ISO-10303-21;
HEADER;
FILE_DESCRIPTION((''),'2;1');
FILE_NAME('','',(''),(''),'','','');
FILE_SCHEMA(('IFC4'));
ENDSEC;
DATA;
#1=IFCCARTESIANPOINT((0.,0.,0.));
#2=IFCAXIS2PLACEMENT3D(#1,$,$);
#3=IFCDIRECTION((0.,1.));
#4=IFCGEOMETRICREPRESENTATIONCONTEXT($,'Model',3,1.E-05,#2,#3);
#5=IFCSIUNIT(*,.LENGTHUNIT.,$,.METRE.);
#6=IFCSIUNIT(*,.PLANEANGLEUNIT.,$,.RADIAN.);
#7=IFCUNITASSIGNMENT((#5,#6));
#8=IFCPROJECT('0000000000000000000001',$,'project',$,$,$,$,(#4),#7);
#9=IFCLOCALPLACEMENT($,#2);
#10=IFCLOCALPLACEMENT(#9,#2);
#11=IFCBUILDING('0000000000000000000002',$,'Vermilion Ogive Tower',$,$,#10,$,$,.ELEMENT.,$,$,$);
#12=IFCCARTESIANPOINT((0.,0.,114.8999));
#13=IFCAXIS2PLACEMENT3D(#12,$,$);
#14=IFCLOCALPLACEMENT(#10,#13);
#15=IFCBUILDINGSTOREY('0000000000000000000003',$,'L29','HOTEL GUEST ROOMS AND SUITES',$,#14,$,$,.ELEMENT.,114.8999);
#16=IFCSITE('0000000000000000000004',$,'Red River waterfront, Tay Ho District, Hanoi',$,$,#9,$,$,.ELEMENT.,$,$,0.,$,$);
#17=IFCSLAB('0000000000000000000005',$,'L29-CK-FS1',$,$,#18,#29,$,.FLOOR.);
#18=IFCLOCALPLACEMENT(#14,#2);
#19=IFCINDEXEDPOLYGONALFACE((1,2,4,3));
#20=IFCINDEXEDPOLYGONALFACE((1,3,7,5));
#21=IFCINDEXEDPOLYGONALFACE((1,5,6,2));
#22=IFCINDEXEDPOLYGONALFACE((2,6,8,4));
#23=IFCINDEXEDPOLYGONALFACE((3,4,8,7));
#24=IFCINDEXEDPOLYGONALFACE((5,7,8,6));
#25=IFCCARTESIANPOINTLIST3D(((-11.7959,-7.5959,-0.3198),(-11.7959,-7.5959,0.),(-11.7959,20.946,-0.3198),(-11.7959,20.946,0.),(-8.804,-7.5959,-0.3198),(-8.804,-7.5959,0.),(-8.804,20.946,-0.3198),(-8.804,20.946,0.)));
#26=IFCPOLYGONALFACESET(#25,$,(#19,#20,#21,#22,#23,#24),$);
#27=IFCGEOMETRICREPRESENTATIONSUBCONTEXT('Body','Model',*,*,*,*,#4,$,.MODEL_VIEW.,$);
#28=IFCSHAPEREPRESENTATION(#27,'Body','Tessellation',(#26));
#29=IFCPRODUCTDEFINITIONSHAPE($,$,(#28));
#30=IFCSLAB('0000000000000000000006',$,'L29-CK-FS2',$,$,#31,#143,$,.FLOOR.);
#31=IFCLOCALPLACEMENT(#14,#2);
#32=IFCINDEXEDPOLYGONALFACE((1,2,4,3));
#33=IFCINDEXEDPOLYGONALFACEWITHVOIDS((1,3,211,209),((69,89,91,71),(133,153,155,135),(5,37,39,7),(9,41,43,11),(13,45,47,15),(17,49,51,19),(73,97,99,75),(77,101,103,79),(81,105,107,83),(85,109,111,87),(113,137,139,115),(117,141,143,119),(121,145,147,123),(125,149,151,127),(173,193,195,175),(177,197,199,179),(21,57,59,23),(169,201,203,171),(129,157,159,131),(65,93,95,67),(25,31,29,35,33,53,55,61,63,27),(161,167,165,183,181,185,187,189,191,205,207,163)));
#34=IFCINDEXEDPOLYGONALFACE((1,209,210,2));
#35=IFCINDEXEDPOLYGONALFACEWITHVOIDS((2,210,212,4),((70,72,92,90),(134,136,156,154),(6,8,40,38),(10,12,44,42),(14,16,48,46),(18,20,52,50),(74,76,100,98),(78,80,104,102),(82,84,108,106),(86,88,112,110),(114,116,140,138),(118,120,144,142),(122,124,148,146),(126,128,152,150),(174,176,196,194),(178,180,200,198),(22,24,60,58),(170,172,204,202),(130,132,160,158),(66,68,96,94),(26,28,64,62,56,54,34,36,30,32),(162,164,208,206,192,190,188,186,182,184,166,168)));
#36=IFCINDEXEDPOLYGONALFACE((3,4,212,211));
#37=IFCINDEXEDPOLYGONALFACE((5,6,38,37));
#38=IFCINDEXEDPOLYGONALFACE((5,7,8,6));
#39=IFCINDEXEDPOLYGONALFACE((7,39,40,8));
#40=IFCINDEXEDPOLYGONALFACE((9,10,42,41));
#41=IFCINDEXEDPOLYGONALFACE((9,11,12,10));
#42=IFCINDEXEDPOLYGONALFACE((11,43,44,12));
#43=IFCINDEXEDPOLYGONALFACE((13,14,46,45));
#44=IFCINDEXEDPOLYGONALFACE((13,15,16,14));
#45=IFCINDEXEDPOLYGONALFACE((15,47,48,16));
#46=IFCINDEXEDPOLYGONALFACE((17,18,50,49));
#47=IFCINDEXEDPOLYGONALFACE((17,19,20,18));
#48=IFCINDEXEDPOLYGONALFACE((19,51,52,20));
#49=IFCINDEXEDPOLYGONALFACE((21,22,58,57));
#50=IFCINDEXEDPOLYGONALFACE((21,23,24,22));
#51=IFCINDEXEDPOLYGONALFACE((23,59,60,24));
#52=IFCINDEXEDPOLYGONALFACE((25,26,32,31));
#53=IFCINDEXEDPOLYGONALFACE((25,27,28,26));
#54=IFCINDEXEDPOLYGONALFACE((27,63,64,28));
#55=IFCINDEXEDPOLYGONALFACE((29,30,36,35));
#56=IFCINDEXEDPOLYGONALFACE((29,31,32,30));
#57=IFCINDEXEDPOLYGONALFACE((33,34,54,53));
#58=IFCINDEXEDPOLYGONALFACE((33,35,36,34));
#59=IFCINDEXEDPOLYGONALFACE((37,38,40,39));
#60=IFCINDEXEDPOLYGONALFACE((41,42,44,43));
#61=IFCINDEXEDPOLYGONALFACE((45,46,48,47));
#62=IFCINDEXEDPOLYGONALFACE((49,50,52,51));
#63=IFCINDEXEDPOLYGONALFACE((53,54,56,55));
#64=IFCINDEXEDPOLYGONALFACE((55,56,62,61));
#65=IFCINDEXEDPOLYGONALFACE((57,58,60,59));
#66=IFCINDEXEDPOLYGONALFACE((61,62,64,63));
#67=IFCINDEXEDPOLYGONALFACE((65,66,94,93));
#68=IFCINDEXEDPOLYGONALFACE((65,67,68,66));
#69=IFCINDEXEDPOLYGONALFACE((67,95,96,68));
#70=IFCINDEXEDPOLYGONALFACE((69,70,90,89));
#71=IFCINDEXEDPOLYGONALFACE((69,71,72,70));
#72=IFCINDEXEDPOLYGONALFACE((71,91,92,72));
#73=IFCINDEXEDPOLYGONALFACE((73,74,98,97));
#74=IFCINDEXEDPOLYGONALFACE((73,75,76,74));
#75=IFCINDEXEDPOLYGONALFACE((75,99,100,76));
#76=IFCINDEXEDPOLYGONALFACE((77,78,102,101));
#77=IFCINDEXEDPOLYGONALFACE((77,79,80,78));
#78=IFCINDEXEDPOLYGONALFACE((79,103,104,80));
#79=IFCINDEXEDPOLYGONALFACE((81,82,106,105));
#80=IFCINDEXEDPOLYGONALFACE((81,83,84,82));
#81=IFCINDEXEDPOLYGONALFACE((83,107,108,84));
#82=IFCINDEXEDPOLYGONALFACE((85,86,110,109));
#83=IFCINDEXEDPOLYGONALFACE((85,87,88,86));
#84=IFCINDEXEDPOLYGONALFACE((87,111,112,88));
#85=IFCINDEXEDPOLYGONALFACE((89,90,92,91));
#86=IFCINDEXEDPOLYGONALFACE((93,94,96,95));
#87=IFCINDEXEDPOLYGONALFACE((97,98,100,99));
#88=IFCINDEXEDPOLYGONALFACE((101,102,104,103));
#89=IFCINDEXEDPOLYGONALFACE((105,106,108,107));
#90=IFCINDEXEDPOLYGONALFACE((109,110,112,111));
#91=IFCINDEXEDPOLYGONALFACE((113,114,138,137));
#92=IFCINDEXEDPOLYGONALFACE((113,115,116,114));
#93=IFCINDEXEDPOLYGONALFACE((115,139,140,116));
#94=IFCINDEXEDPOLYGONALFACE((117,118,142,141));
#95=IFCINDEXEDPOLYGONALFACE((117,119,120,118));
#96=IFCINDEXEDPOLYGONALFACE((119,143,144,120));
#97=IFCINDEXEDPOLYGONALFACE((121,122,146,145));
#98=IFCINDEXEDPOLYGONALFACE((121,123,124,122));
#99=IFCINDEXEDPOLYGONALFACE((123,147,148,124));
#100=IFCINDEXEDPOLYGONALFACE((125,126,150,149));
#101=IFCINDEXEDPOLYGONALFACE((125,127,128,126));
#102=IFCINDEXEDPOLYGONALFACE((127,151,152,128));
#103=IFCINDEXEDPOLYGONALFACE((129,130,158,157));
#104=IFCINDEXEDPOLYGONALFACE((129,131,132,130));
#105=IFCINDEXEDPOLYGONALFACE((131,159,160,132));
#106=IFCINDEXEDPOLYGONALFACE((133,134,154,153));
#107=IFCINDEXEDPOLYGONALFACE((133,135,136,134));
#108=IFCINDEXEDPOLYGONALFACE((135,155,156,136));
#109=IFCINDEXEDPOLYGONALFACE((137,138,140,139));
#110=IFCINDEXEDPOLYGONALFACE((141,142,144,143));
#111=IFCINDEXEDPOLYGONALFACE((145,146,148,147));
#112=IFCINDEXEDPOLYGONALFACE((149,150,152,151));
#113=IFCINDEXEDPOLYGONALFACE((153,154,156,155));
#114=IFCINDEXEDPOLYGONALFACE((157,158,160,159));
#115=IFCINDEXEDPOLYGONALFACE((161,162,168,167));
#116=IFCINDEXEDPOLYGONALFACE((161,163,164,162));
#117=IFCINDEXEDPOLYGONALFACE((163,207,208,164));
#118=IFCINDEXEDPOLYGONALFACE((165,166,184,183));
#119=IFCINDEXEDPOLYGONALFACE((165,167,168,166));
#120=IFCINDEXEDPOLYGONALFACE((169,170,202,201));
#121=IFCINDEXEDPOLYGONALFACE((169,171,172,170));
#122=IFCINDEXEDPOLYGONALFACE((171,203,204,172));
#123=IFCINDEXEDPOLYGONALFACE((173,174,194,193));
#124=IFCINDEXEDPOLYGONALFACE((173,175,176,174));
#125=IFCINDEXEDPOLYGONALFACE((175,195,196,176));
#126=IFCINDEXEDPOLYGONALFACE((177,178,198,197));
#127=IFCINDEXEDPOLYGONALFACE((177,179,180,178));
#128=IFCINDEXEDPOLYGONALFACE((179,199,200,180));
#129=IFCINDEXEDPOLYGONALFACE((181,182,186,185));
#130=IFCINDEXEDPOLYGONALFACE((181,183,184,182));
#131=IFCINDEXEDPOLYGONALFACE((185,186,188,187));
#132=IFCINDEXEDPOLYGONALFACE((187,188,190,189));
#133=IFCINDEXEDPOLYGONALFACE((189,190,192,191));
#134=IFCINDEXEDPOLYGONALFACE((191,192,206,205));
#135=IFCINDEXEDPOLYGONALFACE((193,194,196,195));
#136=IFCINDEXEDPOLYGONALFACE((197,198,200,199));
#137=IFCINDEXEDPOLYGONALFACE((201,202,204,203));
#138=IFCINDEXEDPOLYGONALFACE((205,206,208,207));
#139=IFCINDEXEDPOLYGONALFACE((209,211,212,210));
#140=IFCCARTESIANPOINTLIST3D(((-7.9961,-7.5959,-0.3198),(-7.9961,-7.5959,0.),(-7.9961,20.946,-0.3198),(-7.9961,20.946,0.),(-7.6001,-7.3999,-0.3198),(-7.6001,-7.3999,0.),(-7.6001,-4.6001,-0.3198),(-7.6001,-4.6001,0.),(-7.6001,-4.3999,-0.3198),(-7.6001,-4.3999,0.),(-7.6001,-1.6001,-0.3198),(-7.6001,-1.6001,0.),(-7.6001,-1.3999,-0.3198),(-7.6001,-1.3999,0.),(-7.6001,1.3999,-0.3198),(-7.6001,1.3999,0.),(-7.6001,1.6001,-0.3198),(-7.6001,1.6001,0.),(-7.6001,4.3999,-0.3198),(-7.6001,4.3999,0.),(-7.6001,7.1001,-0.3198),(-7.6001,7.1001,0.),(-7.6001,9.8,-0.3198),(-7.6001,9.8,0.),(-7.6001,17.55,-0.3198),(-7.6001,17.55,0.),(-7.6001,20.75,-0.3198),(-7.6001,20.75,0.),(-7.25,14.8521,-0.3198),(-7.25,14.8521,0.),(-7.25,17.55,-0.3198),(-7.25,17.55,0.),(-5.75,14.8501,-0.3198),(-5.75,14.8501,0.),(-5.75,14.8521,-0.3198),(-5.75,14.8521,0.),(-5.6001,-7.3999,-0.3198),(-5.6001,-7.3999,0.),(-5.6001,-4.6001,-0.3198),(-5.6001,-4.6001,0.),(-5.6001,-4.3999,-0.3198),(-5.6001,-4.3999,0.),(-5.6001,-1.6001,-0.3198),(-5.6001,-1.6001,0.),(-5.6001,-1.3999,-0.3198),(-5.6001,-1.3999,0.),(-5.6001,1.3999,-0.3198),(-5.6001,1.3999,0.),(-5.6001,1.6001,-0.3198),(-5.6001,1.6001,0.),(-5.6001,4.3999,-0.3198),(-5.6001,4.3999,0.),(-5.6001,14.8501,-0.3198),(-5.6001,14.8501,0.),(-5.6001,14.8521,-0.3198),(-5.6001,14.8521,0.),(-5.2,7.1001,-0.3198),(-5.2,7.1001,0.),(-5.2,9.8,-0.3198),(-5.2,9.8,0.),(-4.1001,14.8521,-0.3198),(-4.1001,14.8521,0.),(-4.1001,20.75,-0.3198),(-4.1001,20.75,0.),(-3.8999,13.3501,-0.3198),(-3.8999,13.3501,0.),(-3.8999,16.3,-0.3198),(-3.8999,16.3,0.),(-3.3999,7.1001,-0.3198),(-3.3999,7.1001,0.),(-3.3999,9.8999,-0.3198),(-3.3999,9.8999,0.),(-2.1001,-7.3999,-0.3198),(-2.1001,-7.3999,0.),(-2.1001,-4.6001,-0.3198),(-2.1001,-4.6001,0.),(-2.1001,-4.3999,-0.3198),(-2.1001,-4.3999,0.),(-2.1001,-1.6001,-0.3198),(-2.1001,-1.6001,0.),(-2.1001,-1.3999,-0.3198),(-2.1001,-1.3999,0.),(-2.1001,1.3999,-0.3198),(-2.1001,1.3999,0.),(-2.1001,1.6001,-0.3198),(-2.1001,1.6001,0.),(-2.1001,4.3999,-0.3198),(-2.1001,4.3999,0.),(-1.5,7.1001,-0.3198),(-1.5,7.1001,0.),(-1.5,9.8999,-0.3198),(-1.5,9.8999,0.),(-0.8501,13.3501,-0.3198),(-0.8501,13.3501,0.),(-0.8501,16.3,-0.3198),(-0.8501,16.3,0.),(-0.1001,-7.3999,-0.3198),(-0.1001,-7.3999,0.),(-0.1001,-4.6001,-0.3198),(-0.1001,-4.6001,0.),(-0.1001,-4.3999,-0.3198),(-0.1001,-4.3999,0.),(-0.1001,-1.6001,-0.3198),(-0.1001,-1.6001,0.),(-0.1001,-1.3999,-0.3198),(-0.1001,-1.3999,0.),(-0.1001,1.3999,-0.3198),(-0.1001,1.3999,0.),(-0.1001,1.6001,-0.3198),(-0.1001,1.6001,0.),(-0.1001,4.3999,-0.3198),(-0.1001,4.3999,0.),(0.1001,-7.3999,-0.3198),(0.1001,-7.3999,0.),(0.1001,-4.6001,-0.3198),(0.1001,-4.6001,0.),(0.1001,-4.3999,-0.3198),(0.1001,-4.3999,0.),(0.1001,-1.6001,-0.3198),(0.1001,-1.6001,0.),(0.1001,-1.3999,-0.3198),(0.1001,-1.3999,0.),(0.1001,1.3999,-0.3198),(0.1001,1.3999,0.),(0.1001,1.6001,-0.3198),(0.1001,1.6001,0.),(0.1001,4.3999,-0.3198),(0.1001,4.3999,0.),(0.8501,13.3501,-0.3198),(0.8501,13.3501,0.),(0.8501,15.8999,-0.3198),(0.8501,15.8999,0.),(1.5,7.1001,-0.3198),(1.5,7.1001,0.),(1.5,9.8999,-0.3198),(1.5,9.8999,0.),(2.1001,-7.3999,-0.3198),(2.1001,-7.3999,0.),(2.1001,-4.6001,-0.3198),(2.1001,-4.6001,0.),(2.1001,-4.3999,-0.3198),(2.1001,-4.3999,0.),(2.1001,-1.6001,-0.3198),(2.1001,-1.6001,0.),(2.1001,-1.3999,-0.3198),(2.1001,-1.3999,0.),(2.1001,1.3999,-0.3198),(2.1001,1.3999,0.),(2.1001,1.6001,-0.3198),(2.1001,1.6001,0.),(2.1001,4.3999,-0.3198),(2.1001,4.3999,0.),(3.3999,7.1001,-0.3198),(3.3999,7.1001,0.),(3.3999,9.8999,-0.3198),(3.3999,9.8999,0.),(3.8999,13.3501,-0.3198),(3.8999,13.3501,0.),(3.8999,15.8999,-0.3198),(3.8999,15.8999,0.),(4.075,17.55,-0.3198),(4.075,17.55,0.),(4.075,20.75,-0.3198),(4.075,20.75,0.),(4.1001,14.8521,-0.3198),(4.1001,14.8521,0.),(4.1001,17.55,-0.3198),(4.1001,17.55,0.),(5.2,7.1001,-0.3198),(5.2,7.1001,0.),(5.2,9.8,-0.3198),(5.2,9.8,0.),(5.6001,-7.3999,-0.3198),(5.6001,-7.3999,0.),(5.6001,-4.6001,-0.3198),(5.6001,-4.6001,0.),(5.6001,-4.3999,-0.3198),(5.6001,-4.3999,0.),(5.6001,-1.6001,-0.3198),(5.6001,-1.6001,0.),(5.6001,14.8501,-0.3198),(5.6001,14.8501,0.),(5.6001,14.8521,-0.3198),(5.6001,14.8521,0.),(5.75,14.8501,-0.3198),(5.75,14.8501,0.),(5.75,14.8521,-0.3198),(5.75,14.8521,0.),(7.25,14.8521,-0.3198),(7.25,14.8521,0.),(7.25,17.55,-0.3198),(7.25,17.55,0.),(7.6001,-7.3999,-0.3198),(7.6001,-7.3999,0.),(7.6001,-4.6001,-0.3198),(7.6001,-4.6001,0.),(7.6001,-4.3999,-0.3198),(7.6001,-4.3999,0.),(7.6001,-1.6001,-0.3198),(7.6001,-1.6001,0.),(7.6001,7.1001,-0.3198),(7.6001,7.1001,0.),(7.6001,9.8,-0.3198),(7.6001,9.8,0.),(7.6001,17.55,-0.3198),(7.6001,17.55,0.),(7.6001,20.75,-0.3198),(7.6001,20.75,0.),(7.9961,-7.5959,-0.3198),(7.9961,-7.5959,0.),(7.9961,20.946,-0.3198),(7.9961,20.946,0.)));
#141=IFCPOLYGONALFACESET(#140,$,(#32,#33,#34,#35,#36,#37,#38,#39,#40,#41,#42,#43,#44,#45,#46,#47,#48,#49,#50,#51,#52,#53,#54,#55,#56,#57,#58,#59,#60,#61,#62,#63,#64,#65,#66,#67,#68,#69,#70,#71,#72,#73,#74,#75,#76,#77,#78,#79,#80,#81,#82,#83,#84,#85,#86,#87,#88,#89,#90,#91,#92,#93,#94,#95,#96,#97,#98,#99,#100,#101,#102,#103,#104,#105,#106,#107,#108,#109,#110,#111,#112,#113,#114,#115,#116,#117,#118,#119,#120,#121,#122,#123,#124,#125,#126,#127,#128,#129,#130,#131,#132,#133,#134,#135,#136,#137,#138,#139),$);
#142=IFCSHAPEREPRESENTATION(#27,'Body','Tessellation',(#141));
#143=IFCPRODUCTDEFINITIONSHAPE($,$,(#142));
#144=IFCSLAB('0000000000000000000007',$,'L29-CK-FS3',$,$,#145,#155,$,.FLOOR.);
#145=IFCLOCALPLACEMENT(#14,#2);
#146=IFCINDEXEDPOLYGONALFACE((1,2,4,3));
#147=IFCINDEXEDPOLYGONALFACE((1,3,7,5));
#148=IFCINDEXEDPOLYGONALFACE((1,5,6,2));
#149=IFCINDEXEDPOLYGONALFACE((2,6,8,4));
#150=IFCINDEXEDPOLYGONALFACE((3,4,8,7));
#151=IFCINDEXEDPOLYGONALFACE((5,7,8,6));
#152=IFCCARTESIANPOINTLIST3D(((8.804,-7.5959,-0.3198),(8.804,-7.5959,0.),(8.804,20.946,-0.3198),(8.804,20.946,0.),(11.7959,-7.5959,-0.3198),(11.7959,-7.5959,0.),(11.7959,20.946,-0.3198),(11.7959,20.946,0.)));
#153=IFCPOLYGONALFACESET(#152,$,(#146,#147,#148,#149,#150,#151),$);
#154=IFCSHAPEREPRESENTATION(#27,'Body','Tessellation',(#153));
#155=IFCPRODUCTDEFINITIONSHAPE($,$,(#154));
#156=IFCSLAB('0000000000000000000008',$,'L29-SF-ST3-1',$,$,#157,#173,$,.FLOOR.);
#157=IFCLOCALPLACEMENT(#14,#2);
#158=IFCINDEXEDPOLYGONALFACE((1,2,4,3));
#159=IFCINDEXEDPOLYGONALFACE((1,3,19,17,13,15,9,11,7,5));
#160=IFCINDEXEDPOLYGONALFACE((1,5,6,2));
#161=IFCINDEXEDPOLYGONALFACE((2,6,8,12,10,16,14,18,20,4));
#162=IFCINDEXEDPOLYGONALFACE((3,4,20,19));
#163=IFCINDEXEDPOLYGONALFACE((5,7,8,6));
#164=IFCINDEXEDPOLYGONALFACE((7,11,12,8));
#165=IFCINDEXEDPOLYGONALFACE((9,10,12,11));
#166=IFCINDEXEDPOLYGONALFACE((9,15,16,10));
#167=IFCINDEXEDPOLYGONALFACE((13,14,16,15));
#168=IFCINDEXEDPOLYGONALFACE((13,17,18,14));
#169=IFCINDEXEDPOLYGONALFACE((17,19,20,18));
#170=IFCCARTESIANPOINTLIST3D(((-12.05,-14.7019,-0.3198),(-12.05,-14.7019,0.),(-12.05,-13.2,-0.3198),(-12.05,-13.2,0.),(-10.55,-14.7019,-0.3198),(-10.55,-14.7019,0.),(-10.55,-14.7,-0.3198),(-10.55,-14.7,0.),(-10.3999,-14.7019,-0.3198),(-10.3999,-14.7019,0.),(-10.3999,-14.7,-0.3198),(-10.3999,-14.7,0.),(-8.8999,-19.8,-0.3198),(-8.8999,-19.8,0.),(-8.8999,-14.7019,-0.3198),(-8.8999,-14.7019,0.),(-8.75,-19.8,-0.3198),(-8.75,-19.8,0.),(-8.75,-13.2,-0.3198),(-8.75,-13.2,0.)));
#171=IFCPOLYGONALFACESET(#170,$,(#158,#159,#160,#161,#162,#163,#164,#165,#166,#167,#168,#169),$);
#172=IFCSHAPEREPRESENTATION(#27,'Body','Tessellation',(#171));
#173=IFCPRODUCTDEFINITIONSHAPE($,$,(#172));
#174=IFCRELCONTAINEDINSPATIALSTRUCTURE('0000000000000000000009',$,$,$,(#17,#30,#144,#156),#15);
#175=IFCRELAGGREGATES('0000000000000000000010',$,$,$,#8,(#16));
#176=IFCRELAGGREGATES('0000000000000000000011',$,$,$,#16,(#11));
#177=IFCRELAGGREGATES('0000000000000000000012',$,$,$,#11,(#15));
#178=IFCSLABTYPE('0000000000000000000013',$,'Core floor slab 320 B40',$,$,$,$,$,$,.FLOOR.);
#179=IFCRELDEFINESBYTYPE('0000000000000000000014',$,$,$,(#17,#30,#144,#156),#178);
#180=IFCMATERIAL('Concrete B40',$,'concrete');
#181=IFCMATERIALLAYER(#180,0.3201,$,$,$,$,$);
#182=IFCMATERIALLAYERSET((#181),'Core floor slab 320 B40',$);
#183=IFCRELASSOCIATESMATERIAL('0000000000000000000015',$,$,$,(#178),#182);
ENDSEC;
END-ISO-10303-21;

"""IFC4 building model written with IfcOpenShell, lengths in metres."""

from ifc_helpers import new_model, si_unit, direction, frame, origin, place, context, subcontext, project, spatial, polyline, outline, extrude, material, layer, layer_set, type_object, element, save


model = new_model("IFC4")

# Units and contexts
model_context = context("Model", 3, precision=1e-05, world=origin(), true_north=direction((0.0, 1.0)))
body_context = subcontext(model_context, "Body", "Model", "MODEL_VIEW")
ifc_project = project(units=[si_unit("LENGTHUNIT", "METRE"), si_unit("PLANEANGLEUNIT", "RADIAN")], contexts=[model_context])

# Site, building, storey
site_placement = place(None, origin())
site = spatial("IfcSite", under=ifc_project, at=site_placement, Name="Red River waterfront, Tay Ho District, Hanoi", CompositionType="ELEMENT", RefElevation=0.0)
building_placement = place(site_placement, origin())
building = spatial("IfcBuilding", under=site, at=building_placement, Name="Vermilion Ogive Tower", CompositionType="ELEMENT")
storey_placement = place(building_placement, frame((0.0, 0.0, 114.8999)))
storey = spatial("IfcBuildingStorey", under=building, at=storey_placement, Name="L29", Description="HOTEL GUEST ROOMS AND SUITES", CompositionType="ELEMENT", Elevation=114.8999)

# Slabs
ifc_material_1 = material(Name="Concrete B40", Category="concrete")
ifc_layer_1 = layer(ifc_material_1, 0.3201)
ifc_layer_set_1 = layer_set([ifc_layer_1], Name="Core floor slab 320 B40")
slab_type_1 = type_object("IfcSlabType", Name="Core floor slab 320 B40", PredefinedType="FLOOR", material=ifc_layer_set_1)
slab_1_placement = place(storey_placement, frame((0.0, 0.0, -0.3198)))
element("IfcSlab", 1, at=slab_1_placement, inside=storey, type_object=slab_type_1, Name="L29-CK-FS1", PredefinedType="FLOOR", context=body_context, shape_type="SweptSolid", body=[
    extrude(outline(polyline([(-8.804, 20.946), (-8.804, -7.5959), (-11.7959, -7.5959), (-11.7959, 20.946), (-8.804, 20.946)])), origin(), (0.0, 0.0, 1.0), 0.3198),
])
slab_2_placement = place(storey_placement, frame((0.0, 0.0, -0.3198)))
element("IfcSlab", 2, at=slab_2_placement, inside=storey, type_object=slab_type_1, Name="L29-CK-FS2", PredefinedType="FLOOR", context=body_context, shape_type="SweptSolid", body=[
    extrude(outline(polyline([(-7.9961, 20.946), (-7.9961, -7.5959), (7.9961, -7.5959), (7.9961, 20.946), (-7.9961, 20.946)]), holes=[polyline([(-7.6001, -4.6001), (-5.6001, -4.6001), (-5.6001, -7.3999), (-7.6001, -7.3999), (-7.6001, -4.6001)]), polyline([(-2.1001, -4.6001), (-0.1001, -4.6001), (-0.1001, -7.3999), (-2.1001, -7.3999), (-2.1001, -4.6001)]), polyline([(-7.6001, -4.3999), (-7.6001, -1.6001), (-5.6001, -1.6001), (-5.6001, -4.3999), (-7.6001, -4.3999)]), polyline([(-2.1001, -1.6001), (-0.1001, -1.6001), (-0.1001, -4.3999), (-2.1001, -4.3999), (-2.1001, -1.6001)]), polyline([(-7.6001, -1.3999), (-7.6001, 1.3999), (-5.6001, 1.3999), (-5.6001, -1.3999), (-7.6001, -1.3999)]), polyline([(-2.1001, 1.3999), (-0.1001, 1.3999), (-0.1001, -1.3999), (-2.1001, -1.3999), (-2.1001, 1.3999)]), polyline([(-7.6001, 4.3999), (-5.6001, 4.3999), (-5.6001, 1.6001), (-7.6001, 1.6001), (-7.6001, 4.3999)]), polyline([(-2.1001, 4.3999), (-0.1001, 4.3999), (-0.1001, 1.6001), (-2.1001, 1.6001), (-2.1001, 4.3999)]), polyline([(-7.6001, 9.8), (-5.2, 9.8), (-5.2, 7.1001), (-7.6001, 7.1001), (-7.6001, 9.8)]), polyline([(-3.3999, 9.8999), (-1.5, 9.8999), (-1.5, 7.1001), (-3.3999, 7.1001), (-3.3999, 9.8999)]), polyline([(-3.8999, 16.3), (-0.8501, 16.3), (-0.8501, 13.3501), (-3.8999, 13.3501), (-3.8999, 16.3)]), polyline([(-7.6001, 17.55), (-7.6001, 20.75), (-4.1001, 20.75), (-4.1001, 14.8521), (-5.6001, 14.8521), (-5.6001, 14.8501), (-5.75, 14.8501), (-5.75, 14.8521), (-7.25, 14.8521), (-7.25, 17.55), (-7.6001, 17.55)]), polyline([(0.1001, -4.6001), (2.1001, -4.6001), (2.1001, -7.3999), (0.1001, -7.3999), (0.1001, -4.6001)]), polyline([(5.6001, -4.6001), (7.6001, -4.6001), (7.6001, -7.3999), (5.6001, -7.3999), (5.6001, -4.6001)]), polyline([(0.1001, -1.6001), (2.1001, -1.6001), (2.1001, -4.3999), (0.1001, -4.3999), (0.1001, -1.6001)]), polyline([(5.6001, -1.6001), (7.6001, -1.6001), (7.6001, -4.3999), (5.6001, -4.3999), (5.6001, -1.6001)]), polyline([(0.1001, 1.3999), (2.1001, 1.3999), (2.1001, -1.3999), (0.1001, -1.3999), (0.1001, 1.3999)]), polyline([(0.1001, 4.3999), (2.1001, 4.3999), (2.1001, 1.6001), (0.1001, 1.6001), (0.1001, 4.3999)]), polyline([(5.2, 9.8), (7.6001, 9.8), (7.6001, 7.1001), (5.2, 7.1001), (5.2, 9.8)]), polyline([(1.5, 9.8999), (3.3999, 9.8999), (3.3999, 7.1001), (1.5, 7.1001), (1.5, 9.8999)]), polyline([(0.8501, 15.8999), (3.8999, 15.8999), (3.8999, 13.3501), (0.8501, 13.3501), (0.8501, 15.8999)]), polyline([(5.75, 14.8501), (5.6001, 14.8501), (5.6001, 14.8521), (4.1001, 14.8521), (4.1001, 17.55), (4.075, 17.55), (4.075, 20.75), (7.6001, 20.75), (7.6001, 17.55), (7.25, 17.55), (7.25, 14.8521), (5.75, 14.8521), (5.75, 14.8501)])]), origin(), (0.0, 0.0, 1.0), 0.3198),
])
slab_3_placement = place(storey_placement, frame((0.0, 0.0, -0.3198)))
element("IfcSlab", 3, at=slab_3_placement, inside=storey, type_object=slab_type_1, Name="L29-CK-FS3", PredefinedType="FLOOR", context=body_context, shape_type="SweptSolid", body=[
    extrude(outline(polyline([(11.7959, -7.5959), (8.804, -7.5959), (8.804, 20.946), (11.7959, 20.946), (11.7959, -7.5959)])), origin(), (0.0, 0.0, 1.0), 0.3198),
])
slab_4_placement = place(storey_placement, frame((0.0, 0.0, -0.3198)))
element("IfcSlab", 4, at=slab_4_placement, inside=storey, type_object=slab_type_1, Name="L29-SF-ST3-1", PredefinedType="FLOOR", context=body_context, shape_type="SweptSolid", body=[
    extrude(outline(polyline([(-12.05, -13.2), (-12.05, -14.7019), (-10.55, -14.7019), (-10.55, -14.7), (-10.3999, -14.7), (-10.3999, -14.7019), (-8.8999, -14.7019), (-8.8999, -19.8), (-8.75, -19.8), (-8.75, -13.2), (-12.05, -13.2)])), origin(), (0.0, 0.0, 1.0), 0.3198),
])

save(model, "model.ifc")
